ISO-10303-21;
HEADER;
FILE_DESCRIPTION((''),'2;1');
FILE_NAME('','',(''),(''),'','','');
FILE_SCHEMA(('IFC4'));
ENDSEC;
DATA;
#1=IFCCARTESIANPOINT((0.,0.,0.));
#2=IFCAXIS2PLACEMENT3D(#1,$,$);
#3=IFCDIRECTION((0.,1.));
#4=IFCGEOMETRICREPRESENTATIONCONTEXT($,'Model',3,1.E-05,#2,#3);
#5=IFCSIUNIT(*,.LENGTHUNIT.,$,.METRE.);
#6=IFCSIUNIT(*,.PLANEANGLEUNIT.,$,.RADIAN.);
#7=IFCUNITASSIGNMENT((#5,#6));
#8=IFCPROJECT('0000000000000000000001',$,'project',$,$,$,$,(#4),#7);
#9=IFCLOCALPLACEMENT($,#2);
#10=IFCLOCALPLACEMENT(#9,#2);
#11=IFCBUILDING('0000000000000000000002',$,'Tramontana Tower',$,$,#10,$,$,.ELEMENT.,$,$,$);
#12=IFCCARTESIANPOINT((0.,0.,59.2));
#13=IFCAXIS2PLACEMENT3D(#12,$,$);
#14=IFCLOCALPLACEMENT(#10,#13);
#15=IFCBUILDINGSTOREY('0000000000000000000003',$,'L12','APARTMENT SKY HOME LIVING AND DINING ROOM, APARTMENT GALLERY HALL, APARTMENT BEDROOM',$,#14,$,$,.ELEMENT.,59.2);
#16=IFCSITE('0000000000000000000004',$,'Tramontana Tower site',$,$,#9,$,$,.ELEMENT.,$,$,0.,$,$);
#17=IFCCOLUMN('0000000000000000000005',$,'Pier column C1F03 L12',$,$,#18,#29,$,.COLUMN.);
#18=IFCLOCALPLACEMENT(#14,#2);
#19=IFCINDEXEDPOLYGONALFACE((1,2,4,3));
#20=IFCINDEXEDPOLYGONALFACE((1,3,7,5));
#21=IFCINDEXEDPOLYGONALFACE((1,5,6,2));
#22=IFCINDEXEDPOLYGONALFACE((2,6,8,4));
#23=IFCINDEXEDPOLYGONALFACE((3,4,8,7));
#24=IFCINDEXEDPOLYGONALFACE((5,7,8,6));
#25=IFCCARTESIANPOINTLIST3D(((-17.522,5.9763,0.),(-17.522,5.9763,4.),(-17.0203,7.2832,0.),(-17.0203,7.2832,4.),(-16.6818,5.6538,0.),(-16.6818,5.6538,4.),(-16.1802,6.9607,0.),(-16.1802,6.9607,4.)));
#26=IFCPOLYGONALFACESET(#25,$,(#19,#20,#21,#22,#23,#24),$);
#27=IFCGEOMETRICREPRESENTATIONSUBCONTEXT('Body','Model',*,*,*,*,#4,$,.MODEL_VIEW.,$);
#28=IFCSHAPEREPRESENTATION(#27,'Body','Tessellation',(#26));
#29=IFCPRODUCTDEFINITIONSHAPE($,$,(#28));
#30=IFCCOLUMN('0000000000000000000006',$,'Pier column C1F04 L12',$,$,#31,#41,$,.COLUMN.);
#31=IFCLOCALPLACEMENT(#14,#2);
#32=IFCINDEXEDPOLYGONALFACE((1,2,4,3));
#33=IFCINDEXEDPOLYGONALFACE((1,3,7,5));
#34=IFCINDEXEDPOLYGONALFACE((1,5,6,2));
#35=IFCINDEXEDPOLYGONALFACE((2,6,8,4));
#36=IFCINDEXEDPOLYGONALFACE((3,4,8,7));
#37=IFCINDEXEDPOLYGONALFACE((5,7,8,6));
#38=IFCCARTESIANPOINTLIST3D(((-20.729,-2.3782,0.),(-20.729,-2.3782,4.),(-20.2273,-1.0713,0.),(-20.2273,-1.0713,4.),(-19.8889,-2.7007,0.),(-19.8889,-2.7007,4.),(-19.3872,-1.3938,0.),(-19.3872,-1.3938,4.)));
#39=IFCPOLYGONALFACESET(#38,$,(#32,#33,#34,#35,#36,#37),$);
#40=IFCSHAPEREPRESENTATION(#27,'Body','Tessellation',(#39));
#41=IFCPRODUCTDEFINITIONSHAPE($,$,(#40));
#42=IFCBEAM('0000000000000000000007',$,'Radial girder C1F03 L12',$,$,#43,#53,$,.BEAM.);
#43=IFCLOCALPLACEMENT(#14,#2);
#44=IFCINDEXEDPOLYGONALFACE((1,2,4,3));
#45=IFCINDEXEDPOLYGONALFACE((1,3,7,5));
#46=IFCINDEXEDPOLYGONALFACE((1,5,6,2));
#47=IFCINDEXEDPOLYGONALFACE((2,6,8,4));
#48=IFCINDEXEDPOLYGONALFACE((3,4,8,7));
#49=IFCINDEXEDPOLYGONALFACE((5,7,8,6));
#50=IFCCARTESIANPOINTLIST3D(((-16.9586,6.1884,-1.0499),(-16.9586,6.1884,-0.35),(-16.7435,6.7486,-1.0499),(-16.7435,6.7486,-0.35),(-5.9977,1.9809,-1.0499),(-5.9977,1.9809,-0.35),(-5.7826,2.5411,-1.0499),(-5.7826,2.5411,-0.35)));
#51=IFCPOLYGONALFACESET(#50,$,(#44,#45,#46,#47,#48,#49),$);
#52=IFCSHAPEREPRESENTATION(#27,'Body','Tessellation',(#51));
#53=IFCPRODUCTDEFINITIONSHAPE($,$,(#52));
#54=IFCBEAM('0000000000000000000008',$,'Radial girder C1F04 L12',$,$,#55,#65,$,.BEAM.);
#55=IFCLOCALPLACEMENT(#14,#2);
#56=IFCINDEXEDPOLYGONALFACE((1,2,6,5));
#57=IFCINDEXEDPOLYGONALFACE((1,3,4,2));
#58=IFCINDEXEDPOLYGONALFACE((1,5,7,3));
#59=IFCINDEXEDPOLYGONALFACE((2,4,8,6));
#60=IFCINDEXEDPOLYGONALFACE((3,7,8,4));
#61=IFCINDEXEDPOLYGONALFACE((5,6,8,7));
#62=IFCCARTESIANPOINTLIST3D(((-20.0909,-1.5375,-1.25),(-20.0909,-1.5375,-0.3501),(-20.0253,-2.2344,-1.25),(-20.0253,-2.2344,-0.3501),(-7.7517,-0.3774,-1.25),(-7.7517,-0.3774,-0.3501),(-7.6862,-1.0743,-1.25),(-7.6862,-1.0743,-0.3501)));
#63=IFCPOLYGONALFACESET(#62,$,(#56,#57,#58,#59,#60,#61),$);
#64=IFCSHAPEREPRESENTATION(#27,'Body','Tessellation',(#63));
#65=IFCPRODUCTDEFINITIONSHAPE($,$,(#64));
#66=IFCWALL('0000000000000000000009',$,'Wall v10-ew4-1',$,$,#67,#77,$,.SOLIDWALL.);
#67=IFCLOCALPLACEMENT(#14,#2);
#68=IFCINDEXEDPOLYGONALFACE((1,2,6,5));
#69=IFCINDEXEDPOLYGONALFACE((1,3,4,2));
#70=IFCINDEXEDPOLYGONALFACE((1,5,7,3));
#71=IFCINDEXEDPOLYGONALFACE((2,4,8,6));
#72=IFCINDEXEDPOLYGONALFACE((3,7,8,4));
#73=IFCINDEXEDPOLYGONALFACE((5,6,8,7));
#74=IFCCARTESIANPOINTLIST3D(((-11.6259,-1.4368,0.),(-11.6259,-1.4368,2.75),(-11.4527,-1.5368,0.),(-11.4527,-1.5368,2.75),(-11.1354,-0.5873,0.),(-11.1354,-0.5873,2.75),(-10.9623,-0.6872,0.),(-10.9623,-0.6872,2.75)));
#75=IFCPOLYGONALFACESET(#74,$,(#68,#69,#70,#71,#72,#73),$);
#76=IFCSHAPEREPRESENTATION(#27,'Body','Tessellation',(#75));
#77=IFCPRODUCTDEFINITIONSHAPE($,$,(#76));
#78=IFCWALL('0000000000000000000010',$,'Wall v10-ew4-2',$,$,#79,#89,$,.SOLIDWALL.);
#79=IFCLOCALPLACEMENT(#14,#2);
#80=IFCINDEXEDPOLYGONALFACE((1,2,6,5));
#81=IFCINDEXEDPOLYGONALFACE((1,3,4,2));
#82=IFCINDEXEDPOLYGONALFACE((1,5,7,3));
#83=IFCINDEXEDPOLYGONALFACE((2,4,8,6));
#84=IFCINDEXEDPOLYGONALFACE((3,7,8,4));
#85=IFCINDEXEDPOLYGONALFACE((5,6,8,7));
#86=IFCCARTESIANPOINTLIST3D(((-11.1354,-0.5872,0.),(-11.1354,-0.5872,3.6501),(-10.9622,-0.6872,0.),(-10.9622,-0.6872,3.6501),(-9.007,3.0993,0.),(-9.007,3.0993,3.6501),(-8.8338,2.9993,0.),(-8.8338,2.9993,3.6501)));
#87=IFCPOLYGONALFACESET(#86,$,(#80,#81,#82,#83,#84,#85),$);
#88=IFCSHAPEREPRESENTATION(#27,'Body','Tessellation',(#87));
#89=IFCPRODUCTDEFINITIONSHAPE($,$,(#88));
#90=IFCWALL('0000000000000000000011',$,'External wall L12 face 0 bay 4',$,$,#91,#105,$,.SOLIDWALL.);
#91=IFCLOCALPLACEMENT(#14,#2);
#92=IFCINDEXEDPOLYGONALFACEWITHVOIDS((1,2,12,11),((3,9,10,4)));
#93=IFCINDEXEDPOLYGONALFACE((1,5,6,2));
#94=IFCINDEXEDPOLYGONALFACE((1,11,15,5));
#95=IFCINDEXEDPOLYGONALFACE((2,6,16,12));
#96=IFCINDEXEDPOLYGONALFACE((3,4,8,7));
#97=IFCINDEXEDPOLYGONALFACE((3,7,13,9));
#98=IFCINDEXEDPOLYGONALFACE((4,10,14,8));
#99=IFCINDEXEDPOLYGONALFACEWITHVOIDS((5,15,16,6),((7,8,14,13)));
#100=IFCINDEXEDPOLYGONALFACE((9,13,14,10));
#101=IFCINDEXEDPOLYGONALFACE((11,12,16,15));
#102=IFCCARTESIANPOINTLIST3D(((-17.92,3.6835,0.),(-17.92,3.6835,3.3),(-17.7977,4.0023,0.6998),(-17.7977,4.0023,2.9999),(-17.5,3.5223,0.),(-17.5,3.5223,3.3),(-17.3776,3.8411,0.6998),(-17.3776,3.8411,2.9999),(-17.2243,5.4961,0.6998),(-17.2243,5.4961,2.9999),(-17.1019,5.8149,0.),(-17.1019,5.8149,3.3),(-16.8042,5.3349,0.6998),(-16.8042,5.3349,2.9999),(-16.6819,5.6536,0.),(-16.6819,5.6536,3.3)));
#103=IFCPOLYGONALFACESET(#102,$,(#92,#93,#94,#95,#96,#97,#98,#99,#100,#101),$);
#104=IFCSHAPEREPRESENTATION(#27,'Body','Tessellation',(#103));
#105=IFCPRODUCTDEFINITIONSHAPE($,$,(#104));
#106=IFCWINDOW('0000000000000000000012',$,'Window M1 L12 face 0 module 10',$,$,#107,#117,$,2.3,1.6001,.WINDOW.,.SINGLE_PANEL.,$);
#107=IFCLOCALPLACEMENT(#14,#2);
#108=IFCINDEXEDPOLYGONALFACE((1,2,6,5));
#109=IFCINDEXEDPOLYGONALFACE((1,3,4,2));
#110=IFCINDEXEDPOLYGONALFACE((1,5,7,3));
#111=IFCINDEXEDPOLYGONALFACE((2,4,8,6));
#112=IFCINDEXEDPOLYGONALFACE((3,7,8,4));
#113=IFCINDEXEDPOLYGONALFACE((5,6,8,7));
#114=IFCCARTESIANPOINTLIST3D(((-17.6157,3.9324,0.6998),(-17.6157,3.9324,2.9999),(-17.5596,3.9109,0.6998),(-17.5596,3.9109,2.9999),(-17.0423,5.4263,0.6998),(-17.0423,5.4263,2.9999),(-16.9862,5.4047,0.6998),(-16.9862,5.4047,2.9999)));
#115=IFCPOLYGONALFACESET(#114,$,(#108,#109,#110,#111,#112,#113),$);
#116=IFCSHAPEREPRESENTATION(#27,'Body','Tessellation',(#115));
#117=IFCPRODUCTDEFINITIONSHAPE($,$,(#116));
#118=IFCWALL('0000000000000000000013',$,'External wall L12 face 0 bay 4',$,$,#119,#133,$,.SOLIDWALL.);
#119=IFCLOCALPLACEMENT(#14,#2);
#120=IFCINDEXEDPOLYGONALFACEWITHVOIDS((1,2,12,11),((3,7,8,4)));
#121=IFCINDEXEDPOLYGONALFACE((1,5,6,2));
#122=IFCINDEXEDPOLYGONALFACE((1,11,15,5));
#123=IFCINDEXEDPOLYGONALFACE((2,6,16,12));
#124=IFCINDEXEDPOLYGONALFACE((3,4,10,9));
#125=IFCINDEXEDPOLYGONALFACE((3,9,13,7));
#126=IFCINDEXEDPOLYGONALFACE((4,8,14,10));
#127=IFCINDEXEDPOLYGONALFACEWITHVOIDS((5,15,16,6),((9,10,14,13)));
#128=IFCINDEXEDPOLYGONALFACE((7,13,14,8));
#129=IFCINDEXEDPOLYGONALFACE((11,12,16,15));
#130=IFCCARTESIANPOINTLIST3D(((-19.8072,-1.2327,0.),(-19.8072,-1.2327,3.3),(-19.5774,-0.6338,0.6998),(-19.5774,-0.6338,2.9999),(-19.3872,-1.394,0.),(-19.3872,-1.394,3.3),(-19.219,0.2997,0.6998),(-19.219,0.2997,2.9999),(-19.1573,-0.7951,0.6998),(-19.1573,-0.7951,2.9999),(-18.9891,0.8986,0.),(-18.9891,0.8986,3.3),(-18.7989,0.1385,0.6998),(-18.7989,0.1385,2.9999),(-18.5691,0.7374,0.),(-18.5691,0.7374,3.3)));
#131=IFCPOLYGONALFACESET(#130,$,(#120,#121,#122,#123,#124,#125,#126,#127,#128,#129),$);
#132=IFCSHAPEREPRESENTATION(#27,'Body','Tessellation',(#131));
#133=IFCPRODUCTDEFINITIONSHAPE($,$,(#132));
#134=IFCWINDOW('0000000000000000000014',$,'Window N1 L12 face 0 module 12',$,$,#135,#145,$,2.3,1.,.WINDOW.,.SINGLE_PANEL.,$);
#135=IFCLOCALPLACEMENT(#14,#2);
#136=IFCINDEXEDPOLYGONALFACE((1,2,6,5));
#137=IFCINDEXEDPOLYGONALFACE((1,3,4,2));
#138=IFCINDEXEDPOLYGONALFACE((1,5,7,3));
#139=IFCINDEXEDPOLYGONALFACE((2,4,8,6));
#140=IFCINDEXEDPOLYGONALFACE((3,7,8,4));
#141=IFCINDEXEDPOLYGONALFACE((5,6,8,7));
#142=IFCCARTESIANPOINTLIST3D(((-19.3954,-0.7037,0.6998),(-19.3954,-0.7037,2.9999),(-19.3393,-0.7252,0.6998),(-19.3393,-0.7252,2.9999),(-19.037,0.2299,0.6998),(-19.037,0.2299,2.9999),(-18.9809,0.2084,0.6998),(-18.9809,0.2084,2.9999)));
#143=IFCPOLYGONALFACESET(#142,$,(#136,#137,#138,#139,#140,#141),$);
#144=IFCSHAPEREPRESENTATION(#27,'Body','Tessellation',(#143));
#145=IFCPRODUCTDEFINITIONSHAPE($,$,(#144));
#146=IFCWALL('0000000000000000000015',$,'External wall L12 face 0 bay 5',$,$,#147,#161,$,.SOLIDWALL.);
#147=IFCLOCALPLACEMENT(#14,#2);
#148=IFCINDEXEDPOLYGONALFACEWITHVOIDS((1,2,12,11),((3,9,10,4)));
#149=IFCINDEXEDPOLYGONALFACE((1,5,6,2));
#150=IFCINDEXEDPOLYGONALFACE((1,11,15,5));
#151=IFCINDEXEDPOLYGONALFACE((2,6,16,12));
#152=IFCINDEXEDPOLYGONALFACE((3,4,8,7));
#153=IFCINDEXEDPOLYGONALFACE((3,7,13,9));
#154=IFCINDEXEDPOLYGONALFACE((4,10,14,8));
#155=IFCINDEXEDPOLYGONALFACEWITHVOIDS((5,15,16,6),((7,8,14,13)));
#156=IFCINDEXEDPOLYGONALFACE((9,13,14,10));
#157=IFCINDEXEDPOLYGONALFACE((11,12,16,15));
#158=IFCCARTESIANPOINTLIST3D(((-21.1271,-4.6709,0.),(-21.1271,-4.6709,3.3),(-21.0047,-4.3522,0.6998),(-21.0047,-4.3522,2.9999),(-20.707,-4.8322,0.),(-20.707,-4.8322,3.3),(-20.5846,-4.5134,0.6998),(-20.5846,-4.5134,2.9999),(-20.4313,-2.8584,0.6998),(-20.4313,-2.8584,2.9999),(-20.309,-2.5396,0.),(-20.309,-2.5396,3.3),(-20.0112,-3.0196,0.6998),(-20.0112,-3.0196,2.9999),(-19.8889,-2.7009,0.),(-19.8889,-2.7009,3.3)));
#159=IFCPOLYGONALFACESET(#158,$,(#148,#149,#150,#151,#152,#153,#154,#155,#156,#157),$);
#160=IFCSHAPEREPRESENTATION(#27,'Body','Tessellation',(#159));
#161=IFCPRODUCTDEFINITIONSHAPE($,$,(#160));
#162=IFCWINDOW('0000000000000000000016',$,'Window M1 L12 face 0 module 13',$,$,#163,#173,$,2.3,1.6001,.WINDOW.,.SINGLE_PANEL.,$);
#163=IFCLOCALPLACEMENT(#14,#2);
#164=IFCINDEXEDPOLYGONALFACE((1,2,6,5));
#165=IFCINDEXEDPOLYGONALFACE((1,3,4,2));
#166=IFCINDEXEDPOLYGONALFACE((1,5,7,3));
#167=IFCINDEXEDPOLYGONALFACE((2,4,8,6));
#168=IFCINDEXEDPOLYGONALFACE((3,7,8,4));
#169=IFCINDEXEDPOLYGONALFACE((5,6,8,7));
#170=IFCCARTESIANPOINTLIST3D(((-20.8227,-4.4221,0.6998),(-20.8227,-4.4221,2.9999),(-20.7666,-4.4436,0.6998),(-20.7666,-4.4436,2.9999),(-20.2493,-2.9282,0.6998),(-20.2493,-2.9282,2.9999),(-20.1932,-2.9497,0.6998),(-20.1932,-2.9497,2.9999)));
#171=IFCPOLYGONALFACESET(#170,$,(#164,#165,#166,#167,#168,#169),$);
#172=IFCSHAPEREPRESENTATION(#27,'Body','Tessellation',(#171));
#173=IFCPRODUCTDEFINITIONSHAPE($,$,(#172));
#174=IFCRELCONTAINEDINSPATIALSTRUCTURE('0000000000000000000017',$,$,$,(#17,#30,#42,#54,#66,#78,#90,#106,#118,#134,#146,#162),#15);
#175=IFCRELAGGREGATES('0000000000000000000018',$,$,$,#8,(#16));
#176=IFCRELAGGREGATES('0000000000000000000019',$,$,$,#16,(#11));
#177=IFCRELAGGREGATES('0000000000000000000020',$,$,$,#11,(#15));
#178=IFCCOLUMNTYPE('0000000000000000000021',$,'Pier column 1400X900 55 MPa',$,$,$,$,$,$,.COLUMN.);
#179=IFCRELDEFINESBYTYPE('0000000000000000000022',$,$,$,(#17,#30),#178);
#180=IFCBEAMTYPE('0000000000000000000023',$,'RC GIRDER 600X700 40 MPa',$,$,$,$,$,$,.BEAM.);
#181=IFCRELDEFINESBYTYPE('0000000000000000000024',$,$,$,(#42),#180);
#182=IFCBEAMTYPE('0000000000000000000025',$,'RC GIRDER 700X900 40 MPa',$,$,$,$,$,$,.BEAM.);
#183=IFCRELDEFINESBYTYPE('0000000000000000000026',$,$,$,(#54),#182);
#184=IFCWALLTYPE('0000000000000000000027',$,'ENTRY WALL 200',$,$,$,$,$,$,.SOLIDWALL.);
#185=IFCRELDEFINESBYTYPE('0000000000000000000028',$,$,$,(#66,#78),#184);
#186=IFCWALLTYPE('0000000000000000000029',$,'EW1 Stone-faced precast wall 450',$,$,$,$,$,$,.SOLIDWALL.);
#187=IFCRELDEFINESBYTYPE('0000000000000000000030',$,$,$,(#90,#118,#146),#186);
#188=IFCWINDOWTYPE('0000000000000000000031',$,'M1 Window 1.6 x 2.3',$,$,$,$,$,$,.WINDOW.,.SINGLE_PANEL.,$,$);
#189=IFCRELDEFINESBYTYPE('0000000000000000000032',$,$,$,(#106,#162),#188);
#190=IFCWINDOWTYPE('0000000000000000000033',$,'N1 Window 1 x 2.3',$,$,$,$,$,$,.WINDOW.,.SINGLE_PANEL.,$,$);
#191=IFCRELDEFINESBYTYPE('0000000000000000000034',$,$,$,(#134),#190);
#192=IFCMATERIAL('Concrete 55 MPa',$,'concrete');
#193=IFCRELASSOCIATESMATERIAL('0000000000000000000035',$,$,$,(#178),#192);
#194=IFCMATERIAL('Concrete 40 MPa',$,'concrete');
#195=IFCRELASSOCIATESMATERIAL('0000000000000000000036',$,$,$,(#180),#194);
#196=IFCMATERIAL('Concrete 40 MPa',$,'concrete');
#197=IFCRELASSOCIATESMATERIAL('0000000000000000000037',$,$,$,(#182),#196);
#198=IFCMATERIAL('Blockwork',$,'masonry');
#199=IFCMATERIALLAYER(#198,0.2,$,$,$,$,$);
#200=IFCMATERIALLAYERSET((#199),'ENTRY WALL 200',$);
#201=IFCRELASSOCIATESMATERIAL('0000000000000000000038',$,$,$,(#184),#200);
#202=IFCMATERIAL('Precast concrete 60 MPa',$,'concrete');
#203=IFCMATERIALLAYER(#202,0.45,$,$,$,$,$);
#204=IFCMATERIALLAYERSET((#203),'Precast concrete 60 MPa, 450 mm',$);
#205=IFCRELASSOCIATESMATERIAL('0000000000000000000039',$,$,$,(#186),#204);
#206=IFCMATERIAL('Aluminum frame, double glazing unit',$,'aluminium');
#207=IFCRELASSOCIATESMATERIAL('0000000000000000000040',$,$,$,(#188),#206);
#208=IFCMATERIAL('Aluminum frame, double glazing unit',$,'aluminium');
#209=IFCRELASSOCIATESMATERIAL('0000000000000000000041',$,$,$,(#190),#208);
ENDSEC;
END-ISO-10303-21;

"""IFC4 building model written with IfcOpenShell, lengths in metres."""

from ifc_helpers import new_model, si_unit, direction, frame, frame_2d, origin, origin_2d, place, context, subcontext, project, spatial, rectangle, extrude, material, layer, layer_set, material_profile, profile_set, type_object, element, fill, save


model = new_model("IFC4")

# Units and contexts
model_context = context("Model", 3, precision=1e-05, world=origin(), true_north=direction((0.0, 1.0)))
body_context = subcontext(model_context, "Body", "Model", "MODEL_VIEW")
ifc_project = project(units=[si_unit("LENGTHUNIT", "METRE"), si_unit("PLANEANGLEUNIT", "RADIAN")], contexts=[model_context])

# Site, building, storey
site_placement = place(None, origin())
site = spatial("IfcSite", under=ifc_project, at=site_placement, Name="Tramontana Tower site", CompositionType="ELEMENT", RefElevation=0.0)
building_placement = place(site_placement, origin())
building = spatial("IfcBuilding", under=site, at=building_placement, Name="Tramontana Tower", CompositionType="ELEMENT")
storey_placement = place(building_placement, frame((0.0, 0.0, 59.2)))
storey = spatial("IfcBuildingStorey", under=building, at=storey_placement, Name="L12", Description="APARTMENT SKY HOME LIVING AND DINING ROOM, APARTMENT GALLERY HALL, APARTMENT BEDROOM", CompositionType="ELEMENT", Elevation=59.2)

# Columns
ifc_material_1 = material(Name="Concrete 55 MPa", Category="concrete")
ifc_material_profile_1 = material_profile(ifc_material_1, rectangle(XDim=1.3999, YDim=0.8999, at=origin_2d()), Name="Pier column 1400X900 55 MPa")
ifc_profile_set_1 = profile_set([ifc_material_profile_1], Name="Concrete 55 MPa")
column_type = type_object("IfcColumnType", Name="Pier column 1400X900 55 MPa", PredefinedType="COLUMN", material=ifc_profile_set_1)
for number, where, z_axis, x_axis, name in (
    (1, (-16.8511, 6.4685, 0.0), (0.0, 0.0, 1.0), (-0.358368, -0.93358, 0.0), "Pier column C1F03 L12"),
    (2, (-20.0581, -1.886, 0.0), (0.0, 0.0, 1.0), (-0.358368, -0.93358, 0.0), "Pier column C1F04 L12"),
):
    element("IfcColumn", number, at=place(storey_placement, frame(where, z_axis=z_axis, x_axis=x_axis)), inside=storey, type_object=column_type, Name=name, PredefinedType="COLUMN", context=body_context, shape_type="SweptSolid", body=[
        extrude(rectangle(XDim=1.3999, YDim=0.8999, at=origin_2d()), origin(), (0.0, 0.0, 1.0), 4.0),
    ])

# Beams
ifc_material_2 = material(Name="Concrete 40 MPa", Category="concrete")
ifc_material_profile_2 = material_profile(ifc_material_2, rectangle(XDim=0.6001, YDim=0.7, at=origin_2d()), Name="RC GIRDER 600X700 40 MPa")
ifc_profile_set_2 = profile_set([ifc_material_profile_2], Name="Concrete 40 MPa")
beam_type_1 = type_object("IfcBeamType", Name="RC GIRDER 600X700 40 MPa", PredefinedType="BEAM", material=ifc_profile_set_2)
beam_1_placement = place(storey_placement, frame((-16.8511, 6.4685, -0.7), z_axis=(0.93358, -0.358369, 0.0), x_axis=(0.358369, 0.93358, 0.0)))
element("IfcBeam", 3, at=beam_1_placement, inside=storey, type_object=beam_type_1, Name="Radial girder C1F03 L12", PredefinedType="BEAM", context=body_context, shape_type="SweptSolid", body=[
    extrude(rectangle(XDim=0.6001, YDim=0.7, at=origin_2d()), origin(), (0.0, 0.0, 1.0), 11.7407),
])
ifc_material_3 = material(Name="Concrete 40 MPa", Category="concrete")
ifc_material_profile_3 = material_profile(ifc_material_3, rectangle(XDim=0.7, YDim=0.8999, at=origin_2d()), Name="RC GIRDER 700X900 40 MPa")
ifc_profile_set_3 = profile_set([ifc_material_profile_3], Name="Concrete 40 MPa")
beam_type_2 = type_object("IfcBeamType", Name="RC GIRDER 700X900 40 MPa", PredefinedType="BEAM", material=ifc_profile_set_3)
beam_2_placement = place(storey_placement, frame((-20.0581, -1.886, -0.8), z_axis=(0.995609, 0.09361, 0.0), x_axis=(-0.09361, 0.995609, 0.0)))
element("IfcBeam", 4, at=beam_2_placement, inside=storey, type_object=beam_type_2, Name="Radial girder C1F04 L12", PredefinedType="BEAM", context=body_context, shape_type="SweptSolid", body=[
    extrude(rectangle(XDim=0.7, YDim=0.8999, at=origin_2d()), origin(), (0.0, 0.0, 1.0), 12.3936),
])

# Walls
ifc_material_4 = material(Name="Blockwork", Category="masonry")
ifc_layer_1 = layer(ifc_material_4, 0.2)
ifc_layer_set_1 = layer_set([ifc_layer_1], Name="ENTRY WALL 200")
wall_type_1 = type_object("IfcWallType", Name="ENTRY WALL 200", PredefinedType="SOLIDWALL", material=ifc_layer_set_1)
wall_1_placement = place(storey_placement, frame((-11.5393, -1.4868, 0.0), z_axis=(0.0, 0.0, 1.0), x_axis=(0.499967, 0.866045, 0.0)))
element("IfcWall", 5, at=wall_1_placement, inside=storey, type_object=wall_type_1, Name="Wall v10-ew4-1", PredefinedType="SOLIDWALL", context=body_context, shape_type="SweptSolid", body=[
    extrude(rectangle(XDim=0.981, YDim=0.2, at=frame_2d((0.4905, 0.0))), origin(), (0.0, 0.0, 1.0), 2.75),
])
wall_2_placement = place(storey_placement, frame((-11.0488, -0.6372, 0.0), z_axis=(0.0, 0.0, 1.0), x_axis=(0.5, 0.866025, 0.0)))
element("IfcWall", 6, at=wall_2_placement, inside=storey, type_object=wall_type_1, Name="Wall v10-ew4-2", PredefinedType="SOLIDWALL", context=body_context, shape_type="SweptSolid", body=[
    extrude(rectangle(XDim=4.2568, YDim=0.2, at=frame_2d((2.1284, 0.0))), origin(), (0.0, 0.0, 1.0), 3.6501),
])

# Walls, openings, windows
ifc_material_5 = material(Name="Precast concrete 60 MPa", Category="concrete")
ifc_layer_2 = layer(ifc_material_5, 0.45)
ifc_layer_set_2 = layer_set([ifc_layer_2], Name="Precast concrete 60 MPa, 450 mm")
wall_type_2 = type_object("IfcWallType", Name="EW1 Stone-faced precast wall 450", PredefinedType="SOLIDWALL", material=ifc_layer_set_2)
wall_3_placement = place(storey_placement, frame((-16.8918, 5.7344, 0.0), z_axis=(0.0, 0.0, 1.0), x_axis=(-0.358356, -0.933585, 0.0)))
wall_3 = element("IfcWall", 7, at=wall_3_placement, inside=storey, type_object=wall_type_2, Name="External wall L12 face 0 bay 4", PredefinedType="SOLIDWALL", context=body_context, shape_type="SweptSolid", body=[
    extrude(rectangle(XDim=2.283, YDim=0.45, at=frame_2d((1.1416, 0.0))), origin(), (0.0, 0.0, 1.0), 3.3),
])
opening_1_placement = place(wall_3_placement, frame((0.3416, 0.0, 0.7)))
opening_1 = element("IfcOpeningElement", 8, at=opening_1_placement, cuts=wall_3, PredefinedType="OPENING", context=body_context, shape_type="SweptSolid", body=[
    extrude(rectangle(XDim=1.6001, YDim=2.3, at=frame_2d((0.8, 1.1499))), frame((0.0, 0.2349, 0.0), z_axis=(0.0, -1.0, 0.0), x_axis=(1.0, 0.0, 0.0)), (0.0, 0.0, 1.0), 0.47),
])
ifc_material_6 = material(Name="Aluminum frame, double glazing unit", Category="aluminium")
window_type_1 = type_object("IfcWindowType", Name="M1 Window 1.6 x 2.3", PartitioningType="SINGLE_PANEL", PredefinedType="WINDOW", material=ifc_material_6)
window_1_placement = place(opening_1_placement, origin())
window_1 = element("IfcWindow", 9, at=window_1_placement, inside=storey, type_object=window_type_1, Name="Window M1 L12 face 0 module 10", OverallHeight=2.3, OverallWidth=1.6001, PartitioningType="SINGLE_PANEL", PredefinedType="WINDOW", context=body_context, shape_type="SweptSolid", body=[
    extrude(rectangle(XDim=1.6001, YDim=2.3, at=frame_2d((0.8, 1.1499))), frame((0.0, 0.03, 0.0), z_axis=(0.0, -1.0, 0.0), x_axis=(1.0, 0.0, 0.0)), (0.0, 0.0, 1.0), 0.0601),
])
fill(opening_1, window_1)
wall_4_placement = place(storey_placement, frame((-18.7791, 0.8181, 0.0), z_axis=(0.0, 0.0, 1.0), x_axis=(-0.358356, -0.933585, 0.0)))
wall_4 = element("IfcWall", 10, at=wall_4_placement, inside=storey, type_object=wall_type_2, Name="External wall L12 face 0 bay 4", PredefinedType="SOLIDWALL", context=body_context, shape_type="SweptSolid", body=[
    extrude(rectangle(XDim=2.283, YDim=0.45, at=frame_2d((1.1416, 0.0))), origin(), (0.0, 0.0, 1.0), 3.3),
])
opening_2_placement = place(wall_4_placement, frame((0.6416, 0.0, 0.7)))
opening_2 = element("IfcOpeningElement", 11, at=opening_2_placement, cuts=wall_4, PredefinedType="OPENING", context=body_context, shape_type="SweptSolid", body=[
    extrude(rectangle(XDim=1.0, YDim=2.3, at=frame_2d((0.5, 1.1499))), frame((0.0, 0.2349, 0.0), z_axis=(0.0, -1.0, 0.0), x_axis=(1.0, 0.0, 0.0)), (0.0, 0.0, 1.0), 0.47),
])
ifc_material_7 = material(Name="Aluminum frame, double glazing unit", Category="aluminium")
window_type_2 = type_object("IfcWindowType", Name="N1 Window 1 x 2.3", PartitioningType="SINGLE_PANEL", PredefinedType="WINDOW", material=ifc_material_7)
window_2_placement = place(opening_2_placement, origin())
window_2 = element("IfcWindow", 12, at=window_2_placement, inside=storey, type_object=window_type_2, Name="Window N1 L12 face 0 module 12", OverallHeight=2.3, OverallWidth=1.0, PartitioningType="SINGLE_PANEL", PredefinedType="WINDOW", context=body_context, shape_type="SweptSolid", body=[
    extrude(rectangle(XDim=1.0, YDim=2.3, at=frame_2d((0.5, 1.1499))), frame((0.0, 0.03, 0.0), z_axis=(0.0, -1.0, 0.0), x_axis=(1.0, 0.0, 0.0)), (0.0, 0.0, 1.0), 0.0601),
])
fill(opening_2, window_2)
wall_5_placement = place(storey_placement, frame((-20.0989, -2.6201, 0.0), z_axis=(0.0, 0.0, 1.0), x_axis=(-0.358356, -0.933585, 0.0)))
wall_5 = element("IfcWall", 13, at=wall_5_placement, inside=storey, type_object=wall_type_2, Name="External wall L12 face 0 bay 5", PredefinedType="SOLIDWALL", context=body_context, shape_type="SweptSolid", body=[
    extrude(rectangle(XDim=2.283, YDim=0.45, at=frame_2d((1.1416, 0.0))), origin(), (0.0, 0.0, 1.0), 3.3),
])
opening_3_placement = place(wall_5_placement, frame((0.3416, 0.0, 0.7)))
opening_3 = element("IfcOpeningElement", 14, at=opening_3_placement, cuts=wall_5, PredefinedType="OPENING", context=body_context, shape_type="SweptSolid", body=[
    extrude(rectangle(XDim=1.6001, YDim=2.3, at=frame_2d((0.8, 1.1499))), frame((0.0, 0.2349, 0.0), z_axis=(0.0, -1.0, 0.0), x_axis=(1.0, 0.0, 0.0)), (0.0, 0.0, 1.0), 0.47),
])
window_3_placement = place(opening_3_placement, origin())
window_3 = element("IfcWindow", 15, at=window_3_placement, inside=storey, type_object=window_type_1, Name="Window M1 L12 face 0 module 13", OverallHeight=2.3, OverallWidth=1.6001, PartitioningType="SINGLE_PANEL", PredefinedType="WINDOW", context=body_context, shape_type="SweptSolid", body=[
    extrude(rectangle(XDim=1.6001, YDim=2.3, at=frame_2d((0.8, 1.1499))), frame((0.0, 0.03, 0.0), z_axis=(0.0, -1.0, 0.0), x_axis=(1.0, 0.0, 0.0)), (0.0, 0.0, 1.0), 0.0601),
])
fill(opening_3, window_3)

save(model, "model.ifc")
